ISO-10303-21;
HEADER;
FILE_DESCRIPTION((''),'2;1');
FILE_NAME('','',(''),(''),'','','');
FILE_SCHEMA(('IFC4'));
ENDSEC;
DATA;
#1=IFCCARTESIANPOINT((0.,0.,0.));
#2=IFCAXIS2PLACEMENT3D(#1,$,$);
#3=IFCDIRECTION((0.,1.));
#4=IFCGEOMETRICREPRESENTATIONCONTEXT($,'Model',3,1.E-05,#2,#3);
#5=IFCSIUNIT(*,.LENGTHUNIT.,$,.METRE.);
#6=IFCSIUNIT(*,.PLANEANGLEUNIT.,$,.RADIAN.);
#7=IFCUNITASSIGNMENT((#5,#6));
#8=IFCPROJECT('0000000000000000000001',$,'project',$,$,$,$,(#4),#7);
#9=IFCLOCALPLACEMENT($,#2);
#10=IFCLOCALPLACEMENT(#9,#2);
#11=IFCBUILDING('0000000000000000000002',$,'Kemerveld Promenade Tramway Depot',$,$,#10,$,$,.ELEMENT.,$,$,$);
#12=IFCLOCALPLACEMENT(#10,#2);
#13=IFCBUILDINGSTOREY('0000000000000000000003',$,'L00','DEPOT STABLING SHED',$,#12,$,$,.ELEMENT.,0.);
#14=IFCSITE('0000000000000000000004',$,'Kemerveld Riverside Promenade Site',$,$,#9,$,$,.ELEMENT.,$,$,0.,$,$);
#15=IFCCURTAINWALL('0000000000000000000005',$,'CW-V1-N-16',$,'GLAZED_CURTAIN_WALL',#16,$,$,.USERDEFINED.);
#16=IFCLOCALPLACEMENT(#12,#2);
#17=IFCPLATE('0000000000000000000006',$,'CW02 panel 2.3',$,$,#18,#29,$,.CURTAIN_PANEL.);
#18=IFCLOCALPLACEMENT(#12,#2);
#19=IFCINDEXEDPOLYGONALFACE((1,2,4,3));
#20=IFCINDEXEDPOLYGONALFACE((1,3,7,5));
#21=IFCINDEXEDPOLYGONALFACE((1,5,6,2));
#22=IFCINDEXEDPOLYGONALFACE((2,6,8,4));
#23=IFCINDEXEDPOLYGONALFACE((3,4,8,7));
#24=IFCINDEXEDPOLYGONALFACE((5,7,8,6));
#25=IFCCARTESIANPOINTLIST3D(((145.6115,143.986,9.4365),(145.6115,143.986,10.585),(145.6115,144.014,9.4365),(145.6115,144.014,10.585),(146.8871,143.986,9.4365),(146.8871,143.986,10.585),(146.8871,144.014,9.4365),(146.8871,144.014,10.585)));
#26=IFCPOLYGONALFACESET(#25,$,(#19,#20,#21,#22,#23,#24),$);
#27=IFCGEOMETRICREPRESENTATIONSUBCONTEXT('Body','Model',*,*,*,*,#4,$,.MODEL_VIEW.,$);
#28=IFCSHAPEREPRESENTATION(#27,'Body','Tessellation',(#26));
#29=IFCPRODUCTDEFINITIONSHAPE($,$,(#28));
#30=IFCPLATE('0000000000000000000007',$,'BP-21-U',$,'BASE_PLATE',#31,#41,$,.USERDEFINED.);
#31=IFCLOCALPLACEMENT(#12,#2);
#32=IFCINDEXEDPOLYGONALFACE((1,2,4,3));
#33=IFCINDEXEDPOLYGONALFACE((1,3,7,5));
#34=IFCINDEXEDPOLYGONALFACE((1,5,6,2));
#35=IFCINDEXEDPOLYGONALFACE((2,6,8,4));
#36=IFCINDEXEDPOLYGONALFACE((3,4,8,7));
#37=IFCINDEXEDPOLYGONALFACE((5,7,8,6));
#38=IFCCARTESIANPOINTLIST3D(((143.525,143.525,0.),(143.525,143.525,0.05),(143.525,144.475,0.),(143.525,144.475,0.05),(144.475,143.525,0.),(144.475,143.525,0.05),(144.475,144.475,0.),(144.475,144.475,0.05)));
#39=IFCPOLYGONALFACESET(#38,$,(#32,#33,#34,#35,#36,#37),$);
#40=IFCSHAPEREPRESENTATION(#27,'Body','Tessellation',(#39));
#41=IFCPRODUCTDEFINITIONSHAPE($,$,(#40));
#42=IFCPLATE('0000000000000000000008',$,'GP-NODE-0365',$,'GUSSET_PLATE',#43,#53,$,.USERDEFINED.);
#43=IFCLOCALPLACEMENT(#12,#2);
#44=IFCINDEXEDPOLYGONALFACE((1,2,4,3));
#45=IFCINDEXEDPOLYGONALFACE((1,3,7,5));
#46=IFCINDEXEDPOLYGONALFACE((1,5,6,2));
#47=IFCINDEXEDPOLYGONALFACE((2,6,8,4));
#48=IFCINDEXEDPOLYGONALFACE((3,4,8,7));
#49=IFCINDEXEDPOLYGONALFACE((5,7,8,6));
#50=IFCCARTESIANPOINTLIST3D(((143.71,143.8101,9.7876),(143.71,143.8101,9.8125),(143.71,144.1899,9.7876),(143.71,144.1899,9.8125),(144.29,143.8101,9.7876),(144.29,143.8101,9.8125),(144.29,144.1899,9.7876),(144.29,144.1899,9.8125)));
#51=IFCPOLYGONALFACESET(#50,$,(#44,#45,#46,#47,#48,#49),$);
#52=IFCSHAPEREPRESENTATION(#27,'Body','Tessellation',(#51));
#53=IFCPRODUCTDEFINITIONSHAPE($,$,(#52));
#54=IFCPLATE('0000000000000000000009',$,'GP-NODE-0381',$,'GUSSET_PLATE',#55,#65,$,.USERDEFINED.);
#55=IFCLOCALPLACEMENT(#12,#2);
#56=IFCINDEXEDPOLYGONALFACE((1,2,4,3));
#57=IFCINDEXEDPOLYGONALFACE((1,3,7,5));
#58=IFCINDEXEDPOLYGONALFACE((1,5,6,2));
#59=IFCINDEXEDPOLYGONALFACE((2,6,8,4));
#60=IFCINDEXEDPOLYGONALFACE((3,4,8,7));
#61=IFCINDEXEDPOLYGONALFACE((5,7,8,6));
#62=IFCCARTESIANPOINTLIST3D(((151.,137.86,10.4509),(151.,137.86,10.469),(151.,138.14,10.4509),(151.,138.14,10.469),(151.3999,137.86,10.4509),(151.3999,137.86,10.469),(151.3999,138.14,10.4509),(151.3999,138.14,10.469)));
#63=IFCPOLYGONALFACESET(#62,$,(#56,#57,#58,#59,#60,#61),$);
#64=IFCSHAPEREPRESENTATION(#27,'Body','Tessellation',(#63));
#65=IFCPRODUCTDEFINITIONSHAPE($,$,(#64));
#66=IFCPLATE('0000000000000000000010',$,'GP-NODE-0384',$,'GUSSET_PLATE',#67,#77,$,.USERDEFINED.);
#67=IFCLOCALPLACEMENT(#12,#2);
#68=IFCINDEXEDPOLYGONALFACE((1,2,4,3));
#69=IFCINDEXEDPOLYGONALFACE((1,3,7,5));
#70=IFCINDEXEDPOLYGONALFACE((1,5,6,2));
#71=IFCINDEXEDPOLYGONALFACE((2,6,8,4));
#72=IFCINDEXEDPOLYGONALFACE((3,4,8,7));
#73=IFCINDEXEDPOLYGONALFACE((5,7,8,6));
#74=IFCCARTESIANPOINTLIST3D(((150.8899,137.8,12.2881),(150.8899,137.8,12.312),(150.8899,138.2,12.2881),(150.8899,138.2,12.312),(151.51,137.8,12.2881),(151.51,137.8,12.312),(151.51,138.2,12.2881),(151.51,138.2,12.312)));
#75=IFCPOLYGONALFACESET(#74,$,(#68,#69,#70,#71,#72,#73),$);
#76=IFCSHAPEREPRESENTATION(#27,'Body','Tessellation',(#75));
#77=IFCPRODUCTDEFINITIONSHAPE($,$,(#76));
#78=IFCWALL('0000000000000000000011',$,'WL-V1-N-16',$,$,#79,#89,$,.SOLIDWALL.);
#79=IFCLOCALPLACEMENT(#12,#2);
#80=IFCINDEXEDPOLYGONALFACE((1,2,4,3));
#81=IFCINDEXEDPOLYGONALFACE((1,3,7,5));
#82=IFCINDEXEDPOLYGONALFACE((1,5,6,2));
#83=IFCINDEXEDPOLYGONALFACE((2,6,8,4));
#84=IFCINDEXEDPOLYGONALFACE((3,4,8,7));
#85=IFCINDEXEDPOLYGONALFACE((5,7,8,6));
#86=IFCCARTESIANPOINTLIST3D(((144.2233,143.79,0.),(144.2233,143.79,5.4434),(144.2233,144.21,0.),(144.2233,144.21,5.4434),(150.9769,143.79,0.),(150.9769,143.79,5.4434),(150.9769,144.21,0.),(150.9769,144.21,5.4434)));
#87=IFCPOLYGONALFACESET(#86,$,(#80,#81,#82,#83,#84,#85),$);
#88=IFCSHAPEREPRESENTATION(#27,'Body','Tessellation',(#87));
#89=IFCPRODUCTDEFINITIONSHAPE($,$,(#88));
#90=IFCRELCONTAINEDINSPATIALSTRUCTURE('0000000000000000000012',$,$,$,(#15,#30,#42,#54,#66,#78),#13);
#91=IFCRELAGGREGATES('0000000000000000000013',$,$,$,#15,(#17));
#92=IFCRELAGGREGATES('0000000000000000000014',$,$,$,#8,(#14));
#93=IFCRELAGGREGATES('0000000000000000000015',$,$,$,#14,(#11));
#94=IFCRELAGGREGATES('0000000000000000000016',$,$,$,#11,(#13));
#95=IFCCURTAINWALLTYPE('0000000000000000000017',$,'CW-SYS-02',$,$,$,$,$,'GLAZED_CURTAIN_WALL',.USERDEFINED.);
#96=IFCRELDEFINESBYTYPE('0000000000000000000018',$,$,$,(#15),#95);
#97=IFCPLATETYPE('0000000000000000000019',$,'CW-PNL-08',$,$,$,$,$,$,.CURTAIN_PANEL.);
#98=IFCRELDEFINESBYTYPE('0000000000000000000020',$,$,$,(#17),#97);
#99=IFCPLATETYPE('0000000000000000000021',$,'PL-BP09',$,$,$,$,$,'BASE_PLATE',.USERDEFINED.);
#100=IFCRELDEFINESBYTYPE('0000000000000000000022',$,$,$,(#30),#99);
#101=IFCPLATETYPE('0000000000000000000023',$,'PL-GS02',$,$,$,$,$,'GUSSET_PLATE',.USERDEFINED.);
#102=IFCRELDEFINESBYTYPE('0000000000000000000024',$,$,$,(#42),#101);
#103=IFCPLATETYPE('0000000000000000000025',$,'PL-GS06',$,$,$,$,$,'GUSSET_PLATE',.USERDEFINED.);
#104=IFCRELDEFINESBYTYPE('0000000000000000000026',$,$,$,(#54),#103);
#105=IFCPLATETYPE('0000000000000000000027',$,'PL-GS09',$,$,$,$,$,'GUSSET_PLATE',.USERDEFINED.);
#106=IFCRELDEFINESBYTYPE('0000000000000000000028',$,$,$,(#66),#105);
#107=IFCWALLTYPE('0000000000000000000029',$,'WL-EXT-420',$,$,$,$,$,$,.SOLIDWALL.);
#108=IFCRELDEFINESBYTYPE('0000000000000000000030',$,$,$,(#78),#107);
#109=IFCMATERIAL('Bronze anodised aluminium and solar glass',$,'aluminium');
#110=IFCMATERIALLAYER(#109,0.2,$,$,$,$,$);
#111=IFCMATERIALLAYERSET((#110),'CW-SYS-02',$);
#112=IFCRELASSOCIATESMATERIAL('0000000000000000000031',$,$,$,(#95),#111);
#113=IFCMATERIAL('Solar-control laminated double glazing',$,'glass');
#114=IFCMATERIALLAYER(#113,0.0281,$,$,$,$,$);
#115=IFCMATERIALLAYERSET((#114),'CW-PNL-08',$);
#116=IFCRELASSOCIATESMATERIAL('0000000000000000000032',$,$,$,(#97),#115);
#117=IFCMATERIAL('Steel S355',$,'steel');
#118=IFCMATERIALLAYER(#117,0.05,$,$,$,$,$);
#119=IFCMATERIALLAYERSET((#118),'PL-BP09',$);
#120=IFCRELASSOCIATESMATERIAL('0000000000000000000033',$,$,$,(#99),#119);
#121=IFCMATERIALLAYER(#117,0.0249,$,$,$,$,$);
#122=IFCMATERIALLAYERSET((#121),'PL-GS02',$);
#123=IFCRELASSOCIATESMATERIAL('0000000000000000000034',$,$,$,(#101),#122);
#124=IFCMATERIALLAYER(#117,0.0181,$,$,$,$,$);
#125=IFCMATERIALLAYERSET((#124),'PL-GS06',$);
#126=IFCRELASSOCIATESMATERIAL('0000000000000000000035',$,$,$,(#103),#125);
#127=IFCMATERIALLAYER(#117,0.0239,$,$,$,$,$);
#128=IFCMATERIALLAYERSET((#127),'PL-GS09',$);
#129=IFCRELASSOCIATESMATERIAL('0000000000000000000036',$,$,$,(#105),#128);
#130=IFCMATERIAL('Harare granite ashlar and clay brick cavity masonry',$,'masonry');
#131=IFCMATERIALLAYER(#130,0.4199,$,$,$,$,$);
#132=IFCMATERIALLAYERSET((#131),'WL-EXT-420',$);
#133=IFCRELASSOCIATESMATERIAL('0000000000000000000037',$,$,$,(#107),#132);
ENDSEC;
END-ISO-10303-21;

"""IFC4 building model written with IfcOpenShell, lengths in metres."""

from ifc_helpers import new_model, si_unit, direction, frame, frame_2d, origin, origin_2d, place, context, subcontext, project, spatial, rectangle, extrude, material, layer, layer_set, type_object, element, aggregate, save


model = new_model("IFC4")

# Units and contexts
model_context = context("Model", 3, precision=1e-05, world=origin(), true_north=direction((0.0, 1.0)))
body_context = subcontext(model_context, "Body", "Model", "MODEL_VIEW")
ifc_project = project(units=[si_unit("LENGTHUNIT", "METRE"), si_unit("PLANEANGLEUNIT", "RADIAN")], contexts=[model_context])

# Site, building, storey
site_placement = place(None, origin())
site = spatial("IfcSite", under=ifc_project, at=site_placement, Name="Kemerveld Riverside Promenade Site", CompositionType="ELEMENT", RefElevation=0.0)
building_placement = place(site_placement, origin())
building = spatial("IfcBuilding", under=site, at=building_placement, Name="Kemerveld Promenade Tramway Depot", CompositionType="ELEMENT")
storey_placement = place(building_placement, origin())
storey = spatial("IfcBuildingStorey", under=building, at=storey_placement, Name="L00", Description="DEPOT STABLING SHED", CompositionType="ELEMENT", Elevation=0.0)

# Shared definitions
ifc_material_1 = material(Name="Steel S355", Category="steel")

# Curtain wall
ifc_material_2 = material(Name="Bronze anodised aluminium and solar glass", Category="aluminium")
ifc_layer_1 = layer(ifc_material_2, 0.2)
ifc_layer_set_1 = layer_set([ifc_layer_1], Name="CW-SYS-02")
curtain_wall_type = type_object("IfcCurtainWallType", Name="CW-SYS-02", ElementType="GLAZED_CURTAIN_WALL", PredefinedType="USERDEFINED", material=ifc_layer_set_1)
curtain_wall_placement = place(storey_placement, origin())
curtain_wall = element("IfcCurtainWall", 1, at=curtain_wall_placement, inside=storey, type_object=curtain_wall_type, Name="CW-V1-N-16", ObjectType="GLAZED_CURTAIN_WALL", PredefinedType="USERDEFINED")

# Plate
ifc_material_3 = material(Name="Solar-control laminated double glazing", Category="glass")
ifc_layer_2 = layer(ifc_material_3, 0.0281)
ifc_layer_set_2 = layer_set([ifc_layer_2], Name="CW-PNL-08")
plate_type_1 = type_object("IfcPlateType", Name="CW-PNL-08", PredefinedType="CURTAIN_PANEL", material=ifc_layer_set_2)
plate_1_placement = place(storey_placement, frame((146.2493, 144.0, 9.4365), z_axis=(0.0, 0.0, 1.0), x_axis=(1.0, 0.0, 0.0)))
plate_1 = element("IfcPlate", 2, at=plate_1_placement, type_object=plate_type_1, Name="CW02 panel 2.3", PredefinedType="CURTAIN_PANEL", context=body_context, shape_type="SweptSolid", body=[
    extrude(rectangle(XDim=1.2756, YDim=0.0281, at=origin_2d()), origin(), (0.0, 0.0, 1.0), 1.1484),
])
aggregate(curtain_wall, [plate_1])

# Plates
ifc_layer_3 = layer(ifc_material_1, 0.05)
ifc_layer_set_3 = layer_set([ifc_layer_3], Name="PL-BP09")
plate_type_2 = type_object("IfcPlateType", Name="PL-BP09", ElementType="BASE_PLATE", PredefinedType="USERDEFINED", material=ifc_layer_set_3)
plate_2_placement = place(storey_placement, frame((144.0, 144.0, 0.0), z_axis=(0.0, 0.0, 1.0), x_axis=(1.0, 0.0, 0.0)))
element("IfcPlate", 3, at=plate_2_placement, inside=storey, type_object=plate_type_2, Name="BP-21-U", ObjectType="BASE_PLATE", PredefinedType="USERDEFINED", context=body_context, shape_type="SweptSolid", body=[
    extrude(rectangle(XDim=0.95, YDim=0.95, at=origin_2d()), origin(), (0.0, 0.0, 1.0), 0.05),
])
ifc_layer_4 = layer(ifc_material_1, 0.0249)
ifc_layer_set_4 = layer_set([ifc_layer_4], Name="PL-GS02")
plate_type_3 = type_object("IfcPlateType", Name="PL-GS02", ElementType="GUSSET_PLATE", PredefinedType="USERDEFINED", material=ifc_layer_set_4)
plate_3_placement = place(storey_placement, frame((144.0, 144.0, 9.7876), z_axis=(0.0, 0.0, 1.0), x_axis=(1.0, 0.0, 0.0)))
element("IfcPlate", 4, at=plate_3_placement, inside=storey, type_object=plate_type_3, Name="GP-NODE-0365", ObjectType="GUSSET_PLATE", PredefinedType="USERDEFINED", context=body_context, shape_type="SweptSolid", body=[
    extrude(rectangle(XDim=0.5801, YDim=0.3799, at=origin_2d()), origin(), (0.0, 0.0, 1.0), 0.0249),
])
ifc_layer_5 = layer(ifc_material_1, 0.0181)
ifc_layer_set_5 = layer_set([ifc_layer_5], Name="PL-GS06")
plate_type_4 = type_object("IfcPlateType", Name="PL-GS06", ElementType="GUSSET_PLATE", PredefinedType="USERDEFINED", material=ifc_layer_set_5)
plate_4_placement = place(storey_placement, frame((151.2, 138.0, 10.4509), z_axis=(0.0, 0.0, 1.0), x_axis=(1.0, 0.0, 0.0)))
element("IfcPlate", 5, at=plate_4_placement, inside=storey, type_object=plate_type_4, Name="GP-NODE-0381", ObjectType="GUSSET_PLATE", PredefinedType="USERDEFINED", context=body_context, shape_type="SweptSolid", body=[
    extrude(rectangle(XDim=0.3999, YDim=0.28, at=origin_2d()), origin(), (0.0, 0.0, 1.0), 0.0181),
])
ifc_layer_6 = layer(ifc_material_1, 0.0239)
ifc_layer_set_6 = layer_set([ifc_layer_6], Name="PL-GS09")
plate_type_5 = type_object("IfcPlateType", Name="PL-GS09", ElementType="GUSSET_PLATE", PredefinedType="USERDEFINED", material=ifc_layer_set_6)
plate_5_placement = place(storey_placement, frame((151.2, 138.0, 12.2881), z_axis=(0.0, 0.0, 1.0), x_axis=(1.0, 0.0, 0.0)))
element("IfcPlate", 6, at=plate_5_placement, inside=storey, type_object=plate_type_5, Name="GP-NODE-0384", ObjectType="GUSSET_PLATE", PredefinedType="USERDEFINED", context=body_context, shape_type="SweptSolid", body=[
    extrude(rectangle(XDim=0.6201, YDim=0.3999, at=origin_2d()), origin(), (0.0, 0.0, 1.0), 0.0239),
])

# Wall
ifc_material_4 = material(Name="Harare granite ashlar and clay brick cavity masonry", Category="masonry")
ifc_layer_7 = layer(ifc_material_4, 0.4199)
ifc_layer_set_7 = layer_set([ifc_layer_7], Name="WL-EXT-420")
wall_type = type_object("IfcWallType", Name="WL-EXT-420", PredefinedType="SOLIDWALL", material=ifc_layer_set_7)
wall_placement = place(storey_placement, frame((144.2231, 144.0, 0.0), z_axis=(0.0, 0.0, 1.0), x_axis=(1.0, 0.0, 0.0)))
element("IfcWall", 7, at=wall_placement, inside=storey, type_object=wall_type, Name="WL-V1-N-16", PredefinedType="SOLIDWALL", context=body_context, shape_type="SweptSolid", body=[
    extrude(rectangle(XDim=6.7537, YDim=0.4199, at=frame_2d((3.377, 0.0))), origin(), (0.0, 0.0, 1.0), 5.4434),
])

save(model, "model.ifc")
